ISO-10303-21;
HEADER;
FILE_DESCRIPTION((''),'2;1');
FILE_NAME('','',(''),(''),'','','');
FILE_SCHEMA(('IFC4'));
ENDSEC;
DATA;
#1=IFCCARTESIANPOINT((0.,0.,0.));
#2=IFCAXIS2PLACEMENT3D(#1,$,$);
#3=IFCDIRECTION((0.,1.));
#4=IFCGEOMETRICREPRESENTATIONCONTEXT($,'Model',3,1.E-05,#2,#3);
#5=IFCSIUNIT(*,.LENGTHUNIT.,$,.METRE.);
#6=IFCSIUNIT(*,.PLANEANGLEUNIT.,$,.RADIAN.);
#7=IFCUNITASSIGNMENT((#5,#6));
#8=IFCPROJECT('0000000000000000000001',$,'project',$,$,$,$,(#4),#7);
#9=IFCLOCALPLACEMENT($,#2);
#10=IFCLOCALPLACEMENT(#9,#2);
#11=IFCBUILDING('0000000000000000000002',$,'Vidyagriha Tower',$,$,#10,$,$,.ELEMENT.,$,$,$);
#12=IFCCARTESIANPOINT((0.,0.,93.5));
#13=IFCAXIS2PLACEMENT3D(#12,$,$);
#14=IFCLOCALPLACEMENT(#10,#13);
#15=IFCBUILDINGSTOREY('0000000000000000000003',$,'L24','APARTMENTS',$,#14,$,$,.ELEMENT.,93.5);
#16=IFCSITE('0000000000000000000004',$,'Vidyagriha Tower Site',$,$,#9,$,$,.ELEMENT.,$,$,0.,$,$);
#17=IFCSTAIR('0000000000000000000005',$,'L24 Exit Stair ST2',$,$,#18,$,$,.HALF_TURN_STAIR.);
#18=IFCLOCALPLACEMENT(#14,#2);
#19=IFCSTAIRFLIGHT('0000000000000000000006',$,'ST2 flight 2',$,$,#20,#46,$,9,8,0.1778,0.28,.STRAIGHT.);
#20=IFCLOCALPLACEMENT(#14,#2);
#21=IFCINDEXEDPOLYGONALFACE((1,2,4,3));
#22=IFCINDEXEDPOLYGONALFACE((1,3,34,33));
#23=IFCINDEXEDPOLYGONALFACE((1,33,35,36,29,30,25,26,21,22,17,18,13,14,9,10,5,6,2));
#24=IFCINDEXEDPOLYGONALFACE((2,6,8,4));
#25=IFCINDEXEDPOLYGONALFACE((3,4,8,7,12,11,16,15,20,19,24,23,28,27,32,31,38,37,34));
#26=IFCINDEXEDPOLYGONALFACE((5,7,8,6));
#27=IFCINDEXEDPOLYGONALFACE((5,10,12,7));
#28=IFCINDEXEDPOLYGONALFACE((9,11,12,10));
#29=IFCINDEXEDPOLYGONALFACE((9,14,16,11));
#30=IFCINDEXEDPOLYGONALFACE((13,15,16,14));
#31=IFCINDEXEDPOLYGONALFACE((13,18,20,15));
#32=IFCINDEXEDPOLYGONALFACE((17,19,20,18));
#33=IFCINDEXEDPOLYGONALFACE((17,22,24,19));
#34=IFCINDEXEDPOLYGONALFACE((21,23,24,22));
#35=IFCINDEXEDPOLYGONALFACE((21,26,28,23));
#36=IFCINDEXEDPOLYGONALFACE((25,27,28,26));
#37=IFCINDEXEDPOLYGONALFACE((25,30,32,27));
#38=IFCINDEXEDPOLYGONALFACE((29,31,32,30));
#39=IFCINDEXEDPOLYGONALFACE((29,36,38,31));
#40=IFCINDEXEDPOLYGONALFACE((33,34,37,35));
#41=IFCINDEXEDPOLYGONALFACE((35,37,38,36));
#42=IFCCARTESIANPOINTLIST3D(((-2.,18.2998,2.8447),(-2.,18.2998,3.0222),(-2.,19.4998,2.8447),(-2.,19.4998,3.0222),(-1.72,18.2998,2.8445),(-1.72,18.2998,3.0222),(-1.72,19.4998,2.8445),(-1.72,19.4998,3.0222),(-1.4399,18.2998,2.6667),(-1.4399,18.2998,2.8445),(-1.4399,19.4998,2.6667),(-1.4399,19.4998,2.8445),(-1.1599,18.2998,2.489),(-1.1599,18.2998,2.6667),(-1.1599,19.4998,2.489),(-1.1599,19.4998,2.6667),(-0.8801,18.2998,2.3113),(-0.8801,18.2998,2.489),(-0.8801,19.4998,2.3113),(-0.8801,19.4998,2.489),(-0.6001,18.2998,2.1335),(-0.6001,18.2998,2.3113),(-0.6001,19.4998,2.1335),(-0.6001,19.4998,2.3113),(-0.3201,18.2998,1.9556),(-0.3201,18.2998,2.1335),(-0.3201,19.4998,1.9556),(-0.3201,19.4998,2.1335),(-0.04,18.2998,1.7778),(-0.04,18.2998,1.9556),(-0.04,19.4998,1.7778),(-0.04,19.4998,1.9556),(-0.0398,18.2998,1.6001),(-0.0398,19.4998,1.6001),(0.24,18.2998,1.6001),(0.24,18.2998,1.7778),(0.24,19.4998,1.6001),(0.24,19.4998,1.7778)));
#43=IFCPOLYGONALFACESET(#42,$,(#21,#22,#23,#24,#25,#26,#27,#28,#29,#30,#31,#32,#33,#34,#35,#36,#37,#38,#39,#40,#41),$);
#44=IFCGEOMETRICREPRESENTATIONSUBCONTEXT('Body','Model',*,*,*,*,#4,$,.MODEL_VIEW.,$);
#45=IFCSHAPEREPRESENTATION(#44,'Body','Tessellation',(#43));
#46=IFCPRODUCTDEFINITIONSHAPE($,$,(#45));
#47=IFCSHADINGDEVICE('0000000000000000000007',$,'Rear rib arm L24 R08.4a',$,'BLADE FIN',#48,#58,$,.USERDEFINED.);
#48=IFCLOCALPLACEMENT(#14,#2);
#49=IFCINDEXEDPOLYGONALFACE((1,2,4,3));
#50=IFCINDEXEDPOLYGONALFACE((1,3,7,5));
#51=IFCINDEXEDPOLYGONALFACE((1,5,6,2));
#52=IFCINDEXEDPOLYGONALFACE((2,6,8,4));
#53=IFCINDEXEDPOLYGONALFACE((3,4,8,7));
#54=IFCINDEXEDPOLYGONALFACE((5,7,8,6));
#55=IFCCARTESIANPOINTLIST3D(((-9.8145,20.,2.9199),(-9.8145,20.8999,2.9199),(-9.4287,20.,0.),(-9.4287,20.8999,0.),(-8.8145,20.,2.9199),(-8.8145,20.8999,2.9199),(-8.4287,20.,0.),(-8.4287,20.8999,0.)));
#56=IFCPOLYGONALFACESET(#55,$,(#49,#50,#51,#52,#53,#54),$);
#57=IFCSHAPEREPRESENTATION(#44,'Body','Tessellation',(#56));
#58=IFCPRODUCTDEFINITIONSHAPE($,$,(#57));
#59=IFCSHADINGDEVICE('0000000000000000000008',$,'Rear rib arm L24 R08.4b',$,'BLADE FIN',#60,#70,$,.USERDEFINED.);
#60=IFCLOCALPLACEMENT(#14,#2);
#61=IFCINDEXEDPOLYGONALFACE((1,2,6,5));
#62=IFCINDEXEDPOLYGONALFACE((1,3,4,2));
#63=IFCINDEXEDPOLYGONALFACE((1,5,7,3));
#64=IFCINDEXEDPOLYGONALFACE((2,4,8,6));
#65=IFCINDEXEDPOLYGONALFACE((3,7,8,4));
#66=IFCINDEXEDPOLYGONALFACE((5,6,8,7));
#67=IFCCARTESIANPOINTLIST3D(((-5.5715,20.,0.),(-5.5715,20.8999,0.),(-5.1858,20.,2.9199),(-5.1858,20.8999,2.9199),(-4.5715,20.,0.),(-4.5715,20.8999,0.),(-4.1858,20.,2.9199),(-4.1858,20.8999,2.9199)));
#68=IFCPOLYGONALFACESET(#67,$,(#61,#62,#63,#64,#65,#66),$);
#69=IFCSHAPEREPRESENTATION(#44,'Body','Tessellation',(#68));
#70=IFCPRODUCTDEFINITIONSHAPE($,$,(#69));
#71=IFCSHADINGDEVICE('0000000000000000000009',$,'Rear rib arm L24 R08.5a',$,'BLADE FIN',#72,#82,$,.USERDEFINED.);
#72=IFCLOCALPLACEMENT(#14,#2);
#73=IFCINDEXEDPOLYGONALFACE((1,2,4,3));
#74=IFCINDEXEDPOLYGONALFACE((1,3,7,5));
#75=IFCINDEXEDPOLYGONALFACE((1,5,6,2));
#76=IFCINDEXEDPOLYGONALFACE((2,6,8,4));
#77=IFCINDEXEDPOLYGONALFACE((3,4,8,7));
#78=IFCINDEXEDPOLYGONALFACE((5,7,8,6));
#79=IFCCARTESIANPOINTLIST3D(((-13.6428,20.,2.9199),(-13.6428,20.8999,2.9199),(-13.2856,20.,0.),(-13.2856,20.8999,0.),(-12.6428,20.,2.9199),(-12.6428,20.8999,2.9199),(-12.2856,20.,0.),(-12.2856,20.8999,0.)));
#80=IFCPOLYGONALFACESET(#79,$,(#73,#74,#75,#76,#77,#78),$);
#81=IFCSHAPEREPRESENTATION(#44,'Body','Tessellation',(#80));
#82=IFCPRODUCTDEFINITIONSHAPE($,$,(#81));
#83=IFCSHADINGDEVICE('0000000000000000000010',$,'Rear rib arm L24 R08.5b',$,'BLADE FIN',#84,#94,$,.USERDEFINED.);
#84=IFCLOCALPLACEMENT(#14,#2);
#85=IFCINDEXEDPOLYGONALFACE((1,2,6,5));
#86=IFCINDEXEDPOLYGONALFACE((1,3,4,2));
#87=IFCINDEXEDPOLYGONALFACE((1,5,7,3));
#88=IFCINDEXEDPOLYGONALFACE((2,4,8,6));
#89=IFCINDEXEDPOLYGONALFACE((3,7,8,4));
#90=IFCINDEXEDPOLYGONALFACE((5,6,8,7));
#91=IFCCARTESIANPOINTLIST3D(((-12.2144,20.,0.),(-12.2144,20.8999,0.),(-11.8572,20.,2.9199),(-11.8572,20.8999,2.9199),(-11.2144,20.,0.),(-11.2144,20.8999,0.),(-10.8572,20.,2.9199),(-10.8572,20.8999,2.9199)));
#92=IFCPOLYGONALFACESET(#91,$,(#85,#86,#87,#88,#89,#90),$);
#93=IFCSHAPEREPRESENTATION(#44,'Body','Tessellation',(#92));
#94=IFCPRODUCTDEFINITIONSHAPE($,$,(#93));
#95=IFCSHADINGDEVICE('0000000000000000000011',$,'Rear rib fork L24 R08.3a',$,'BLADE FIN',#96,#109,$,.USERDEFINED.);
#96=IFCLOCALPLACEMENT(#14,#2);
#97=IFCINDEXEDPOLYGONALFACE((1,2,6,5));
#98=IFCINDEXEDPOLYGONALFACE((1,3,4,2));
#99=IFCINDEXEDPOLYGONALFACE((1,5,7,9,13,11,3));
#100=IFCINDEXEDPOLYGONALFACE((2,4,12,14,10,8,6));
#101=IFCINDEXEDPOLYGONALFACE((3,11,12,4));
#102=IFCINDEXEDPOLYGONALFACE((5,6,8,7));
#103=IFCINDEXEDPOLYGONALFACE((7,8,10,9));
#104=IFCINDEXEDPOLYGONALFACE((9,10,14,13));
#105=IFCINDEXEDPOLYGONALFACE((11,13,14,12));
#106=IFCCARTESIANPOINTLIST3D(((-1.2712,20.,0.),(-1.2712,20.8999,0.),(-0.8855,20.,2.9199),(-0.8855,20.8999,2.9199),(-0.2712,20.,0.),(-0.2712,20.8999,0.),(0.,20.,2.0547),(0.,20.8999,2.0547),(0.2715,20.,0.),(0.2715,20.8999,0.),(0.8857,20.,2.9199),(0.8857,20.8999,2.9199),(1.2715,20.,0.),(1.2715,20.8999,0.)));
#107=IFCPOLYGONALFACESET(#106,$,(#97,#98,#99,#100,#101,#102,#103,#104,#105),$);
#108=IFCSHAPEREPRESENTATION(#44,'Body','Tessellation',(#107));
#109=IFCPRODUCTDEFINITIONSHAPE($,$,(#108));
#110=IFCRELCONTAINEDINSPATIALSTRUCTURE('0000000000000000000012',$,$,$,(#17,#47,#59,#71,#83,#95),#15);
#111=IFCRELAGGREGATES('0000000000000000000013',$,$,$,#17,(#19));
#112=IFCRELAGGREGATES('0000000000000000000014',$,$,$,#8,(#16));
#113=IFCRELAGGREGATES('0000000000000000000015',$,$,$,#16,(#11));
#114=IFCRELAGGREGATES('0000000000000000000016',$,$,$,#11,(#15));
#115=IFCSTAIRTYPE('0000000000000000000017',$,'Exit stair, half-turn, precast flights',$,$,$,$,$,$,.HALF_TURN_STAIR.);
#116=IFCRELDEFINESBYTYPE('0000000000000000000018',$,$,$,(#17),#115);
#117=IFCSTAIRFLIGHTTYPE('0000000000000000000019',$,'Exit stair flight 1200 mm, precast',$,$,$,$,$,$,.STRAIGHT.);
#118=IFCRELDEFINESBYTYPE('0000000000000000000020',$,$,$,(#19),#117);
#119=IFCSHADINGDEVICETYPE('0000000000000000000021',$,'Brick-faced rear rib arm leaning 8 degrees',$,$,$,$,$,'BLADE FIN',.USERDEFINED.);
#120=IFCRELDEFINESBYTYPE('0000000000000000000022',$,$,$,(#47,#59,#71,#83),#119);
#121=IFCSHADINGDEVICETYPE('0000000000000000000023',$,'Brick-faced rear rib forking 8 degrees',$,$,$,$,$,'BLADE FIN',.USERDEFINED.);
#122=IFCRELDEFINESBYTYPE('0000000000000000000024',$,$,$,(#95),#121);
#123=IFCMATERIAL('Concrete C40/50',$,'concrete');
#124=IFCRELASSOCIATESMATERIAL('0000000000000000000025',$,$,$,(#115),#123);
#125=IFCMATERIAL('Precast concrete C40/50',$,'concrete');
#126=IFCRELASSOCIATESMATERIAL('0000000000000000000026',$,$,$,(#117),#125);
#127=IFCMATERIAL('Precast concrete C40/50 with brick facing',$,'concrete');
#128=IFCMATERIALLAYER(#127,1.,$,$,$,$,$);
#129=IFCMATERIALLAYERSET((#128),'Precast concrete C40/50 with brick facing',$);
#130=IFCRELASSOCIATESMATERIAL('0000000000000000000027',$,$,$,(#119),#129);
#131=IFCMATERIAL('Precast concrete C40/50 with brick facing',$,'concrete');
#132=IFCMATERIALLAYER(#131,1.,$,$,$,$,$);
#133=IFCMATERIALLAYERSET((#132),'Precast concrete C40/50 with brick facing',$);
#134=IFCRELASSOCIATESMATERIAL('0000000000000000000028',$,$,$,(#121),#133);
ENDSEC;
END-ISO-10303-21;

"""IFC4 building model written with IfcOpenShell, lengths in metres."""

from ifc_helpers import new_model, si_unit, direction, frame, origin, place, context, subcontext, project, spatial, polyline, outline, extrude, material, layer, layer_set, type_object, element, aggregate, save


model = new_model("IFC4")

# Units and contexts
model_context = context("Model", 3, precision=1e-05, world=origin(), true_north=direction((0.0, 1.0)))
body_context = subcontext(model_context, "Body", "Model", "MODEL_VIEW")
ifc_project = project(units=[si_unit("LENGTHUNIT", "METRE"), si_unit("PLANEANGLEUNIT", "RADIAN")], contexts=[model_context])

# Site, building, storey
site_placement = place(None, origin())
site = spatial("IfcSite", under=ifc_project, at=site_placement, Name="Vidyagriha Tower Site", CompositionType="ELEMENT", RefElevation=0.0)
building_placement = place(site_placement, origin())
building = spatial("IfcBuilding", under=site, at=building_placement, Name="Vidyagriha Tower", CompositionType="ELEMENT")
storey_placement = place(building_placement, frame((0.0, 0.0, 93.5)))
storey = spatial("IfcBuildingStorey", under=building, at=storey_placement, Name="L24", Description="APARTMENTS", CompositionType="ELEMENT", Elevation=93.5)

# Stair, stair flight
ifc_material_1 = material(Name="Concrete C40/50", Category="concrete")
stair_type = type_object("IfcStairType", Name="Exit stair, half-turn, precast flights", PredefinedType="HALF_TURN_STAIR", material=ifc_material_1)
ifc_material_2 = material(Name="Precast concrete C40/50", Category="concrete")
stair_flight_type = type_object("IfcStairFlightType", Name="Exit stair flight 1200 mm, precast", PredefinedType="STRAIGHT", material=ifc_material_2)
stair_1_placement = place(storey_placement, origin())
stair_1 = element("IfcStair", 1, at=stair_1_placement, inside=storey, type_object=stair_type, Name="L24 Exit Stair ST2", PredefinedType="HALF_TURN_STAIR")
stair_flight_1_placement = place(storey_placement, frame((0.24, 18.8999, 1.6001), z_axis=(0.0, 0.0, 1.0), x_axis=(-1.0, 0.0, 0.0)))
stair_flight_1 = element("IfcStairFlight", 2, at=stair_flight_1_placement, type_object=stair_flight_type, Name="ST2 flight 2", NumberOfRisers=9, NumberOfTreads=8, PredefinedType="STRAIGHT", RiserHeight=0.1778, TreadLength=0.28, context=body_context, shape_type="SweptSolid", body=[
    extrude(outline(polyline([(0.0, 0.0), (0.0, 0.1777), (0.28, 0.1777), (0.28, 0.3555), (0.5601, 0.3555), (0.5601, 0.5334), (0.8401, 0.5334), (0.8401, 0.7112), (1.1201, 0.7112), (1.1201, 0.8889), (1.3999, 0.8889), (1.3999, 1.0667), (1.6799, 1.0667), (1.6799, 1.2444), (1.96, 1.2444), (1.96, 1.4221), (2.24, 1.4221), (2.24, 1.6001), (2.24, 1.2446), (0.2798, 0.0), (0.0, 0.0)])), frame((0.0, 0.6001, 0.0), z_axis=(0.0, -1.0, 0.0), x_axis=(1.0, 0.0, 0.0)), (0.0, 0.0, 1.0), 1.2),
])
aggregate(stair_1, [stair_flight_1])

# Shading devices
ifc_material_3 = material(Name="Precast concrete C40/50 with brick facing", Category="concrete")
ifc_layer_1 = layer(ifc_material_3, 1.0)
ifc_layer_set_1 = layer_set([ifc_layer_1], Name="Precast concrete C40/50 with brick facing")
shading_device_type_1 = type_object("IfcShadingDeviceType", Name="Brick-faced rear rib arm leaning 8 degrees", ElementType="BLADE FIN", PredefinedType="USERDEFINED", material=ifc_layer_set_1)
shading_device_1_placement = place(storey_placement, frame((-8.4287, 20.45, 0.0), z_axis=(0.0, 0.0, 1.0), x_axis=(-1.0, 0.0, 0.0)))
element("IfcShadingDevice", 3, at=shading_device_1_placement, inside=storey, type_object=shading_device_type_1, Name="Rear rib arm L24 R08.4a", ObjectType="BLADE FIN", PredefinedType="USERDEFINED", context=body_context, shape_type="SweptSolid", body=[
    extrude(outline(polyline([(0.0, 0.0), (1.0, 0.0), (1.3857, 2.9199), (0.3857, 2.9199), (0.0, 0.0)])), frame((0.0, 0.45, 0.0), z_axis=(0.0, -1.0, 0.0), x_axis=(1.0, 0.0, 0.0)), (0.0, 0.0, 1.0), 0.8999),
])
shading_device_2_placement = place(storey_placement, frame((-4.1858, 20.45, 0.0), z_axis=(0.0, 0.0, 1.0), x_axis=(-1.0, 0.0, 0.0)))
element("IfcShadingDevice", 4, at=shading_device_2_placement, inside=storey, type_object=shading_device_type_1, Name="Rear rib arm L24 R08.4b", ObjectType="BLADE FIN", PredefinedType="USERDEFINED", context=body_context, shape_type="SweptSolid", body=[
    extrude(outline(polyline([(0.3857, 0.0), (1.3857, 0.0), (1.0, 2.9199), (0.0, 2.9199), (0.3857, 0.0)])), frame((0.0, 0.45, 0.0), z_axis=(0.0, -1.0, 0.0), x_axis=(1.0, 0.0, 0.0)), (0.0, 0.0, 1.0), 0.8999),
])
shading_device_3_placement = place(storey_placement, frame((-12.2856, 20.45, 0.0), z_axis=(0.0, 0.0, 1.0), x_axis=(-1.0, 0.0, 0.0)))
element("IfcShadingDevice", 5, at=shading_device_3_placement, inside=storey, type_object=shading_device_type_1, Name="Rear rib arm L24 R08.5a", ObjectType="BLADE FIN", PredefinedType="USERDEFINED", context=body_context, shape_type="SweptSolid", body=[
    extrude(outline(polyline([(0.0, 0.0), (1.0, 0.0), (1.3572, 2.9199), (0.3572, 2.9199), (0.0, 0.0)])), frame((0.0, 0.45, 0.0), z_axis=(0.0, -1.0, 0.0), x_axis=(1.0, 0.0, 0.0)), (0.0, 0.0, 1.0), 0.8999),
])
shading_device_4_placement = place(storey_placement, frame((-10.8572, 20.45, 0.0), z_axis=(0.0, 0.0, 1.0), x_axis=(-1.0, 0.0, 0.0)))
element("IfcShadingDevice", 6, at=shading_device_4_placement, inside=storey, type_object=shading_device_type_1, Name="Rear rib arm L24 R08.5b", ObjectType="BLADE FIN", PredefinedType="USERDEFINED", context=body_context, shape_type="SweptSolid", body=[
    extrude(outline(polyline([(0.3572, 0.0), (1.3572, 0.0), (1.0, 2.9199), (0.0, 2.9199), (0.3572, 0.0)])), frame((0.0, 0.45, 0.0), z_axis=(0.0, -1.0, 0.0), x_axis=(1.0, 0.0, 0.0)), (0.0, 0.0, 1.0), 0.8999),
])
ifc_material_4 = material(Name="Precast concrete C40/50 with brick facing", Category="concrete")
ifc_layer_2 = layer(ifc_material_4, 1.0)
ifc_layer_set_2 = layer_set([ifc_layer_2], Name="Precast concrete C40/50 with brick facing")
shading_device_type_2 = type_object("IfcShadingDeviceType", Name="Brick-faced rear rib forking 8 degrees", ElementType="BLADE FIN", PredefinedType="USERDEFINED", material=ifc_layer_set_2)
shading_device_5_placement = place(storey_placement, frame((1.2715, 20.45, 0.0), z_axis=(0.0, 0.0, 1.0), x_axis=(-1.0, 0.0, 0.0)))
element("IfcShadingDevice", 7, at=shading_device_5_placement, inside=storey, type_object=shading_device_type_2, Name="Rear rib fork L24 R08.3a", ObjectType="BLADE FIN", PredefinedType="USERDEFINED", context=body_context, shape_type="SweptSolid", body=[
    extrude(outline(polyline([(1.0, 0.0), (1.2715, 2.0547), (1.5427, 0.0), (2.5427, 0.0), (2.157, 2.9199), (0.3857, 2.9199), (0.0, 0.0), (1.0, 0.0)])), frame((0.0, 0.45, 0.0), z_axis=(0.0, -1.0, 0.0), x_axis=(1.0, 0.0, 0.0)), (0.0, 0.0, 1.0), 0.8999),
])

save(model, "model.ifc")
